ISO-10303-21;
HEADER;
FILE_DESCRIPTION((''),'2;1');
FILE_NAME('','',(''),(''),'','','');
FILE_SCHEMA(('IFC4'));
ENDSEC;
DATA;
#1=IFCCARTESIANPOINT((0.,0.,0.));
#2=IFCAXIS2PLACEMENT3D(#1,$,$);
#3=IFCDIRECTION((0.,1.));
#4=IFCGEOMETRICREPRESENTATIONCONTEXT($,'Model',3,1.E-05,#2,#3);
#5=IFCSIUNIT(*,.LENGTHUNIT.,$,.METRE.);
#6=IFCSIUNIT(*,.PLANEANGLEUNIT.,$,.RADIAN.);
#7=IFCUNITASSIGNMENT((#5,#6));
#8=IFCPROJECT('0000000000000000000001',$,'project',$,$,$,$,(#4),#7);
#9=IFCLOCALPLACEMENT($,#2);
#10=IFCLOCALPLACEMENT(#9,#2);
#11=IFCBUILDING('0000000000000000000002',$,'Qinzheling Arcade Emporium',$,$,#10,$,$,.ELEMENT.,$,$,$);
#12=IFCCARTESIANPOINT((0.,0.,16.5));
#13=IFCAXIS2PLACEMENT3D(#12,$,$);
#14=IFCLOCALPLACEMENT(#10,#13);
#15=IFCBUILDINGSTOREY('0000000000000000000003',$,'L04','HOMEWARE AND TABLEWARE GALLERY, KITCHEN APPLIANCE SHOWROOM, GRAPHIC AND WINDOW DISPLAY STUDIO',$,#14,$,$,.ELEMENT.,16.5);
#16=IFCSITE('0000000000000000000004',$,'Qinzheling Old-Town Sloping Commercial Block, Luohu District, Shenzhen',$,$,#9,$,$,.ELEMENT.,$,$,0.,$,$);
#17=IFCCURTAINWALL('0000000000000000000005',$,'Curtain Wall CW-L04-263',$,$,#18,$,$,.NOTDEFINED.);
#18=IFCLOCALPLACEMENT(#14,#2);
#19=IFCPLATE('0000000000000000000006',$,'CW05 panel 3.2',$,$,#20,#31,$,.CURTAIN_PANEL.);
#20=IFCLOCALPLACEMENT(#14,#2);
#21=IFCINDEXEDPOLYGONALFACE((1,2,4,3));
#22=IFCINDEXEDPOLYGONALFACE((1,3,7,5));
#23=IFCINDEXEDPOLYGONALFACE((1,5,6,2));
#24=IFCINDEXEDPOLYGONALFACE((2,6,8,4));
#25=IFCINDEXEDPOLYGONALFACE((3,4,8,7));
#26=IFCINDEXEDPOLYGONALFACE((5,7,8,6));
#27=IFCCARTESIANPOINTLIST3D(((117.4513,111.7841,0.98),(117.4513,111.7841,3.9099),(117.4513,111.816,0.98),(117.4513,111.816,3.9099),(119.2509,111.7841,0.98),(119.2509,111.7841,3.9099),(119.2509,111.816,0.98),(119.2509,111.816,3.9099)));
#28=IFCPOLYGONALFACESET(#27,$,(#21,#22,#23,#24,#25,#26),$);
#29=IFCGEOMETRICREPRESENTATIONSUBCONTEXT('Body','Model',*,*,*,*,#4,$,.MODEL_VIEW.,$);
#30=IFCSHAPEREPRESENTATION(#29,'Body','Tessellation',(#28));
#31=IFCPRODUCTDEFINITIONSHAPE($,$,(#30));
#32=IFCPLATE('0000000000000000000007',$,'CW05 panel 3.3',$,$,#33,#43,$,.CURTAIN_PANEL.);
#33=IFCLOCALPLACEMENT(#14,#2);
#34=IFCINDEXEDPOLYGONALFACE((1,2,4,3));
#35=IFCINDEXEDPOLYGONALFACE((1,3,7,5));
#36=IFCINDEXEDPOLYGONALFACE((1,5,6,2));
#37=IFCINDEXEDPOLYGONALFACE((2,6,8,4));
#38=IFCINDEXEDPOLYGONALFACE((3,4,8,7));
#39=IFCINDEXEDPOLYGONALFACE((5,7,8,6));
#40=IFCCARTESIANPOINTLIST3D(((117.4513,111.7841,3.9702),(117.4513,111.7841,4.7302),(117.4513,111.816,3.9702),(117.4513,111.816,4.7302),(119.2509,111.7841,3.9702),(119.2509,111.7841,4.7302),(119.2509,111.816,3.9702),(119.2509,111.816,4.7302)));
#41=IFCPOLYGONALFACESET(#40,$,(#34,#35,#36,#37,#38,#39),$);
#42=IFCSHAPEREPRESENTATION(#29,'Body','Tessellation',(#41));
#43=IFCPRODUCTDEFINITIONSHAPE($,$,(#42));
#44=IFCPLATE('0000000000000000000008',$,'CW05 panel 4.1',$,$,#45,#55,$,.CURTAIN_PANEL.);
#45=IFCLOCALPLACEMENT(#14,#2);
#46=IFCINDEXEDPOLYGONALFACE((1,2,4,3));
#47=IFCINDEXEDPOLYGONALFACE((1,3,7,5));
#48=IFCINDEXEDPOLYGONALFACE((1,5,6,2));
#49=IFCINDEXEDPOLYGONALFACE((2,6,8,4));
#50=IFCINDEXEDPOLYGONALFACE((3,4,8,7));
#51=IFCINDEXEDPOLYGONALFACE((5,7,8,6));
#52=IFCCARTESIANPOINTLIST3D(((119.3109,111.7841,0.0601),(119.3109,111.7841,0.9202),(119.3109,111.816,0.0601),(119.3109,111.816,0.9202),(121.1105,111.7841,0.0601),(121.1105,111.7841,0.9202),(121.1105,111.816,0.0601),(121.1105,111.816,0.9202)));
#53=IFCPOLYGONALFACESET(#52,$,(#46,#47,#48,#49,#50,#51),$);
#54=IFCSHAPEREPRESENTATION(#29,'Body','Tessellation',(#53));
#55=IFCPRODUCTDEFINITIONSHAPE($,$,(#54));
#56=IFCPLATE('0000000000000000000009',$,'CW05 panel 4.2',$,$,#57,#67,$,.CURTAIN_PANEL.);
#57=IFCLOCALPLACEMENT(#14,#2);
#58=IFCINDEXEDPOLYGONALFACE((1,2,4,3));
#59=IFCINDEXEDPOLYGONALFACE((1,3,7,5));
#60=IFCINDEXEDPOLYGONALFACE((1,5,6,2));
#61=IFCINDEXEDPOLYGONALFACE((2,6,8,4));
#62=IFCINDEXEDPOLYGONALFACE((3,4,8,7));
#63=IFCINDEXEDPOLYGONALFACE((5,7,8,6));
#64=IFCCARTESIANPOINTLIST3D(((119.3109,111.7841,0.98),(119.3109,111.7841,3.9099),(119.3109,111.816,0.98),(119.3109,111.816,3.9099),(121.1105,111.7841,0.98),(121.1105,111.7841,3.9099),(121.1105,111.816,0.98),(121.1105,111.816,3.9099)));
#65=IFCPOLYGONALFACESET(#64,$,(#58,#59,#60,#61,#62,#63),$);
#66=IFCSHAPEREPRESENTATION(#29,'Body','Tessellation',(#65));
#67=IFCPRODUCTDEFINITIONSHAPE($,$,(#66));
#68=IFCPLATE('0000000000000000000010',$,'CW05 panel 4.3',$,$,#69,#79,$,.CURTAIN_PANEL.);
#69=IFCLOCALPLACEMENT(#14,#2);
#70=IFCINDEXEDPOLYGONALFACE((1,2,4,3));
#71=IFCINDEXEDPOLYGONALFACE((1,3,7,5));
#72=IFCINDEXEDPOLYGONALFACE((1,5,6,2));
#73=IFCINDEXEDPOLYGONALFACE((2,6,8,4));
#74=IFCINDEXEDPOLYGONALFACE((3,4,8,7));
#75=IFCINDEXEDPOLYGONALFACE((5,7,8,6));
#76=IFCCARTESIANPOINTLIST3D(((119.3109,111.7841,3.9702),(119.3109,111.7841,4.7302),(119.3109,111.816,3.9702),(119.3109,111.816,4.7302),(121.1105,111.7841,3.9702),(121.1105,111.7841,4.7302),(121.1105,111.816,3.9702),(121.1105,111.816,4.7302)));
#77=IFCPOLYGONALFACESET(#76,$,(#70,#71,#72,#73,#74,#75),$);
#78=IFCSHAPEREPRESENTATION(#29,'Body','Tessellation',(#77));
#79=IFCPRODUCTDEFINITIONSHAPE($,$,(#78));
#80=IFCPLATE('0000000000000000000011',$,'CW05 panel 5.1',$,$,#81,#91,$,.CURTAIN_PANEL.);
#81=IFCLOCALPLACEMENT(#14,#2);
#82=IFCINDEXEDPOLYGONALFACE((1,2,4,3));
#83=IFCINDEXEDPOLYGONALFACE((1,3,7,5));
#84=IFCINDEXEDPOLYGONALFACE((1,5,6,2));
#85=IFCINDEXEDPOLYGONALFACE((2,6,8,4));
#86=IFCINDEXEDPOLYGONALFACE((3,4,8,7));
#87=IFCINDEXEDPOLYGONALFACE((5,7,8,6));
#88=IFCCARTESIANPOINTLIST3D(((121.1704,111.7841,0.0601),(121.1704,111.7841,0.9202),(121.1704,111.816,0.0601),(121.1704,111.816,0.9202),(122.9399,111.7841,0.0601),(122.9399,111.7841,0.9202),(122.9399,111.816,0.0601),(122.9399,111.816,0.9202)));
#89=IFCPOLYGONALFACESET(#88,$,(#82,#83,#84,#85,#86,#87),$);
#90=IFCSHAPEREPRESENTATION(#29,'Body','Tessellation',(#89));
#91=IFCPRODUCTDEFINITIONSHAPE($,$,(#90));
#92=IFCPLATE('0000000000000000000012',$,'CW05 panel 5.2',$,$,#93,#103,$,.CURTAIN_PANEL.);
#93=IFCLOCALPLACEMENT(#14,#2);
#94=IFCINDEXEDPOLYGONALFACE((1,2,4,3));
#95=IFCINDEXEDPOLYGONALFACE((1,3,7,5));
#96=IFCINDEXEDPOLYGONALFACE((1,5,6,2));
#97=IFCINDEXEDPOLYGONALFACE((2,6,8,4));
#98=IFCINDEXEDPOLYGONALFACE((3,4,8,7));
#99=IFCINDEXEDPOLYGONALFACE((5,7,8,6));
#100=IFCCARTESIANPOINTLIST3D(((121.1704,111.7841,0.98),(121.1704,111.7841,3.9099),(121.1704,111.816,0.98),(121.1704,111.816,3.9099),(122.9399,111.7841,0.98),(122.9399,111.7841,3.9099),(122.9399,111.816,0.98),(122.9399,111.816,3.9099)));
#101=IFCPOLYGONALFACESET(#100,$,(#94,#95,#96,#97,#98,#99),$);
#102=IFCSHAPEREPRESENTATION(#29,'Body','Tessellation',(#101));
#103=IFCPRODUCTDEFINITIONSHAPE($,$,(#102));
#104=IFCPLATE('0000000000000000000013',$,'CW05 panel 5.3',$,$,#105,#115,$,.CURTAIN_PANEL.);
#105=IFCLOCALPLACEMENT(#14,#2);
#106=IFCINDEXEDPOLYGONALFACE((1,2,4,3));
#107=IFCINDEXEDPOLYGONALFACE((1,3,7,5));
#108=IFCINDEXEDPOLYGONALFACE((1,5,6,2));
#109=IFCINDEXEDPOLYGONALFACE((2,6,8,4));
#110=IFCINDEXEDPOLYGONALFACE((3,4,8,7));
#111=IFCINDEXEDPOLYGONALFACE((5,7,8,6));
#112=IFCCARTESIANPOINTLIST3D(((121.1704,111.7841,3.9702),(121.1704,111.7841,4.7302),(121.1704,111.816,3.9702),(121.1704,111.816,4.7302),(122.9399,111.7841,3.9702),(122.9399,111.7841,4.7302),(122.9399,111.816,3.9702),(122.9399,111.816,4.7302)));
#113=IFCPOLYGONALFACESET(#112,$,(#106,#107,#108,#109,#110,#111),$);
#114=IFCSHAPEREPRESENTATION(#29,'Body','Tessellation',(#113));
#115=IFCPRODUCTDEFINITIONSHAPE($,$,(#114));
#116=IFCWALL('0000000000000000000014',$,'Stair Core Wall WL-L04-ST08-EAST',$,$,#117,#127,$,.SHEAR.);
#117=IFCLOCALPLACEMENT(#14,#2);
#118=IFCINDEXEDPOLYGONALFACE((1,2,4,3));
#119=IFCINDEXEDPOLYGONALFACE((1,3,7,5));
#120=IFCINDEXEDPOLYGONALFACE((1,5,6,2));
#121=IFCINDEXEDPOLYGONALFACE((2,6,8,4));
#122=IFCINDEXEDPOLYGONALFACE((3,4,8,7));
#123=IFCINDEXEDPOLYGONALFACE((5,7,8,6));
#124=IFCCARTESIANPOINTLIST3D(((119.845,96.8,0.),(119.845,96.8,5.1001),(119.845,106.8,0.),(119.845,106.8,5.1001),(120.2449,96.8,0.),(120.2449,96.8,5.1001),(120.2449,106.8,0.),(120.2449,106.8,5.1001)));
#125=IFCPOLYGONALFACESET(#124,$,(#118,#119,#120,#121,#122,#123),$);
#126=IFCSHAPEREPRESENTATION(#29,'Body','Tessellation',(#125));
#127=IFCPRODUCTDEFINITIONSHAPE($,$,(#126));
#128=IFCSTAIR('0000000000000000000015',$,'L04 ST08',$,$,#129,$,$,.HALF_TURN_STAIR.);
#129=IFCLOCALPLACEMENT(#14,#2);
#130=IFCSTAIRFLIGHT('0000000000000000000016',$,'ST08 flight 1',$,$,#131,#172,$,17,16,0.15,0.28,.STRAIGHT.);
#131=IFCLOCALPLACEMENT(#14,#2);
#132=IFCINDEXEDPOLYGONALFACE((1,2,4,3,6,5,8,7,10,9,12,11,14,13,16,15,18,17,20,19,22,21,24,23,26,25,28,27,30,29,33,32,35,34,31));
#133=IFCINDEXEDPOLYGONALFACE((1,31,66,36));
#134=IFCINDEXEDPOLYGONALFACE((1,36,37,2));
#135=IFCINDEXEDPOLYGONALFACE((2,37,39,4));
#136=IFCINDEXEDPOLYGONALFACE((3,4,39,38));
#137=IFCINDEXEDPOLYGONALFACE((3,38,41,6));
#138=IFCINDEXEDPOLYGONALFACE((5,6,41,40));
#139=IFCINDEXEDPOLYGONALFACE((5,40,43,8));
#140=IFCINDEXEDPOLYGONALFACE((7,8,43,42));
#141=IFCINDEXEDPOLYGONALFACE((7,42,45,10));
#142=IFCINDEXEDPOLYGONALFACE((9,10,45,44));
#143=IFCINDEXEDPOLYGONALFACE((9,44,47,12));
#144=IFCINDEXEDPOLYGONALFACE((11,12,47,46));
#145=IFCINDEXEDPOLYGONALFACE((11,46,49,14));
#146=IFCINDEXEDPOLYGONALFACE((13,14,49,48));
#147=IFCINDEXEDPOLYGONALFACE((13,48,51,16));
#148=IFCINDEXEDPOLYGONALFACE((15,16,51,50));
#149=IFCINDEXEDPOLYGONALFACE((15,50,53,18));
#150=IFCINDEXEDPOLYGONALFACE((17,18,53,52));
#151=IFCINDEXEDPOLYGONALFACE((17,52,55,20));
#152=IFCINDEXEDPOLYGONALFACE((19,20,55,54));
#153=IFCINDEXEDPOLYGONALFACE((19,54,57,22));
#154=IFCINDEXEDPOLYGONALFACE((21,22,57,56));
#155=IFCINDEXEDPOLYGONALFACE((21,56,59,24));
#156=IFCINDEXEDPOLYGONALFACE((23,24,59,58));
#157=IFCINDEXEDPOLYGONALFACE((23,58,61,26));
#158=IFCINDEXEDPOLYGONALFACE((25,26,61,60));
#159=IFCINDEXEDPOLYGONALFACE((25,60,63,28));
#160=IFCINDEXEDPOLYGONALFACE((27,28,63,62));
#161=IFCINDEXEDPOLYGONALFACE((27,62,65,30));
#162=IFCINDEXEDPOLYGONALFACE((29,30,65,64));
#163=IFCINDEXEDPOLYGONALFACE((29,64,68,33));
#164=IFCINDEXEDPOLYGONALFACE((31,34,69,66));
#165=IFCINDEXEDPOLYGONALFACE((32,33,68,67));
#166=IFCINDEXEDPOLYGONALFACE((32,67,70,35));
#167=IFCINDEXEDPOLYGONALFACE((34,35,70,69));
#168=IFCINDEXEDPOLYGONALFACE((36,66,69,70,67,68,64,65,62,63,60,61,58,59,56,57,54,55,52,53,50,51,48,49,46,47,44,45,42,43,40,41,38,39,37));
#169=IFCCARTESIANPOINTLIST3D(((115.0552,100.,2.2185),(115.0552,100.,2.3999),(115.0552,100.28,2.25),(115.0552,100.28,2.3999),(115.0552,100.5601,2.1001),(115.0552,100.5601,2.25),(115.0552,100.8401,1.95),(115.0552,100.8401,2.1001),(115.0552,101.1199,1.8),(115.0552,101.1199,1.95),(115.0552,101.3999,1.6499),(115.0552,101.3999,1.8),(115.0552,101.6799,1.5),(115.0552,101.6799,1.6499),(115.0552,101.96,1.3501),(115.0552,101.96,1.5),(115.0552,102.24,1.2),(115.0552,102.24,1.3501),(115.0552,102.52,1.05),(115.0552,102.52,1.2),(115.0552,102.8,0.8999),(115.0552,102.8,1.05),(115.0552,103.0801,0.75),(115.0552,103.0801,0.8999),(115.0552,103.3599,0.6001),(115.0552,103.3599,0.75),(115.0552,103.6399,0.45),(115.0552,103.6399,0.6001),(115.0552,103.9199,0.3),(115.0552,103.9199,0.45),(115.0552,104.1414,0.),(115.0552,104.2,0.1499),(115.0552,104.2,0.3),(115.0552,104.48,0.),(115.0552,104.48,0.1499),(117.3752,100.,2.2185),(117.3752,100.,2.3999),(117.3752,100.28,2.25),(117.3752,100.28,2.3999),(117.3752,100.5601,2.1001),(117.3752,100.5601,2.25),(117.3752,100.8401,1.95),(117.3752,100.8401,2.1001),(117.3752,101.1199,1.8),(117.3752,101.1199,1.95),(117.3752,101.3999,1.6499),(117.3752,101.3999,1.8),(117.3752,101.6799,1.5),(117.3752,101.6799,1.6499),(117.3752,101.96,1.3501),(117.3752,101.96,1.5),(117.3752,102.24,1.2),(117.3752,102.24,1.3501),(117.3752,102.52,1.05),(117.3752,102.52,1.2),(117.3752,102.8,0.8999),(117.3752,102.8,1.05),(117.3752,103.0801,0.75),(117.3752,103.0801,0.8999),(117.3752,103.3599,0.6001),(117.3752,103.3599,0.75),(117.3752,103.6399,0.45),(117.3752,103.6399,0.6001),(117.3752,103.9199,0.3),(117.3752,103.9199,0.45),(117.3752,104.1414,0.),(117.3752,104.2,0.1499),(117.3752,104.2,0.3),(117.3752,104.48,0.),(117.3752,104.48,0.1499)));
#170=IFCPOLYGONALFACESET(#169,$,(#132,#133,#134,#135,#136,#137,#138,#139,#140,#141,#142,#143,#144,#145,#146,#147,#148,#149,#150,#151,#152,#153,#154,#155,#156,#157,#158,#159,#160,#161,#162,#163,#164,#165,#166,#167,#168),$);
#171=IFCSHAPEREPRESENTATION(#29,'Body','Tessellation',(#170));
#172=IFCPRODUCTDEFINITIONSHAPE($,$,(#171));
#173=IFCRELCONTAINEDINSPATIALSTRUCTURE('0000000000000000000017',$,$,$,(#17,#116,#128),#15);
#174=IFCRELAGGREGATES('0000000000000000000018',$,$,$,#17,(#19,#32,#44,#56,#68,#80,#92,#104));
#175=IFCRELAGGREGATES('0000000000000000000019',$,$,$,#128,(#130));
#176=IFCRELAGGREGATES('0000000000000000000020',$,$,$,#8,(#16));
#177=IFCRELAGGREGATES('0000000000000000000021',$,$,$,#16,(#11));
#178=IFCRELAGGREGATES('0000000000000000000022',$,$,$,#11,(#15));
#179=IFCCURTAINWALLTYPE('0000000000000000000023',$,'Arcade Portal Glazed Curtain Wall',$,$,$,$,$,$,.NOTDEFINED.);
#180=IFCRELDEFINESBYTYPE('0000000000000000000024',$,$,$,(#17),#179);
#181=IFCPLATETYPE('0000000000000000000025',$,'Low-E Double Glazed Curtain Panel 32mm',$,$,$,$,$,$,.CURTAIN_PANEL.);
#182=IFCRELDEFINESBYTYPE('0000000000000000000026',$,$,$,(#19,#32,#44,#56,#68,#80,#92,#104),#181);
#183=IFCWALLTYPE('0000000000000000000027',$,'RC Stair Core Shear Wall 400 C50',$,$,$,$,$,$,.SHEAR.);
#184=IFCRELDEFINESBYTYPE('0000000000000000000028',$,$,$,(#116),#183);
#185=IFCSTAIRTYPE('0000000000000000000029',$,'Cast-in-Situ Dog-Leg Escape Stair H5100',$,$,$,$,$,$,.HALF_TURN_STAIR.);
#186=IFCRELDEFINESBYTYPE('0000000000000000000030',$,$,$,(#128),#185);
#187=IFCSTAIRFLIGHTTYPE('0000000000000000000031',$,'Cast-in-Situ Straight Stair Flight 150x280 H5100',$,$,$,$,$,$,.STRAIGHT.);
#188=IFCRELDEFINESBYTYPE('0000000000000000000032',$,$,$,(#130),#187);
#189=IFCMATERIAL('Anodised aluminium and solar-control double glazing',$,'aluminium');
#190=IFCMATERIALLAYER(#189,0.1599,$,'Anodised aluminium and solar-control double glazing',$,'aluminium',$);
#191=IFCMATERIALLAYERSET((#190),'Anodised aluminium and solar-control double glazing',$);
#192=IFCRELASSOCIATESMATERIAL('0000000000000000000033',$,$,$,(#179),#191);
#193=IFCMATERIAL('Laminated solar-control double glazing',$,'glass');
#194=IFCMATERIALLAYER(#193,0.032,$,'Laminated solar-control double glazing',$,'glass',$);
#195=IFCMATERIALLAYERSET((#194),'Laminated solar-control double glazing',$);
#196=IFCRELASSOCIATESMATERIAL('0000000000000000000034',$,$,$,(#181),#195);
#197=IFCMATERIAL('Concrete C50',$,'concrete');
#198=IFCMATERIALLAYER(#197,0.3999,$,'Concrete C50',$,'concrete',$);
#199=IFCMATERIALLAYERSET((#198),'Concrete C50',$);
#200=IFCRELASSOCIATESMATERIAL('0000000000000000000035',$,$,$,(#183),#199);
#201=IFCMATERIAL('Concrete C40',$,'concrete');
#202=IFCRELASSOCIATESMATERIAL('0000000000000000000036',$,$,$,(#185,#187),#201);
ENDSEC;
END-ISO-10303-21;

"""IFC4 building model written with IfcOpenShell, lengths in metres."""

from ifc_helpers import new_model, si_unit, direction, frame, frame_2d, origin, origin_2d, place, context, subcontext, project, spatial, polyline, rectangle, outline, extrude, material, layer, layer_set, type_object, element, aggregate, save


model = new_model("IFC4")

# Units and contexts
model_context = context("Model", 3, precision=1e-05, world=origin(), true_north=direction((0.0, 1.0)))
body_context = subcontext(model_context, "Body", "Model", "MODEL_VIEW")
ifc_project = project(units=[si_unit("LENGTHUNIT", "METRE"), si_unit("PLANEANGLEUNIT", "RADIAN")], contexts=[model_context])

# Site, building, storey
site_placement = place(None, origin())
site = spatial("IfcSite", under=ifc_project, at=site_placement, Name="Qinzheling Old-Town Sloping Commercial Block, Luohu District, Shenzhen", CompositionType="ELEMENT", RefElevation=0.0)
building_placement = place(site_placement, origin())
building = spatial("IfcBuilding", under=site, at=building_placement, Name="Qinzheling Arcade Emporium", CompositionType="ELEMENT")
storey_placement = place(building_placement, frame((0.0, 0.0, 16.5)))
storey = spatial("IfcBuildingStorey", under=building, at=storey_placement, Name="L04", Description="HOMEWARE AND TABLEWARE GALLERY, KITCHEN APPLIANCE SHOWROOM, GRAPHIC AND WINDOW DISPLAY STUDIO", CompositionType="ELEMENT", Elevation=16.5)

# Shared definitions
ifc_material_1 = material(Name="Concrete C40", Category="concrete")

# Curtain wall, plates
ifc_material_2 = material(Name="Anodised aluminium and solar-control double glazing", Category="aluminium")
ifc_layer_1 = layer(ifc_material_2, 0.1599, Name="Anodised aluminium and solar-control double glazing", Category="aluminium")
ifc_layer_set_1 = layer_set([ifc_layer_1], Name="Anodised aluminium and solar-control double glazing")
curtain_wall_type = type_object("IfcCurtainWallType", Name="Arcade Portal Glazed Curtain Wall", PredefinedType="NOTDEFINED", material=ifc_layer_set_1)
curtain_wall_placement = place(storey_placement, origin())
curtain_wall = element("IfcCurtainWall", 1, at=curtain_wall_placement, inside=storey, type_object=curtain_wall_type, Name="Curtain Wall CW-L04-263", PredefinedType="NOTDEFINED")
ifc_material_3 = material(Name="Laminated solar-control double glazing", Category="glass")
ifc_layer_2 = layer(ifc_material_3, 0.032, Name="Laminated solar-control double glazing", Category="glass")
ifc_layer_set_2 = layer_set([ifc_layer_2], Name="Laminated solar-control double glazing")
plate_type = type_object("IfcPlateType", Name="Low-E Double Glazed Curtain Panel 32mm", PredefinedType="CURTAIN_PANEL", material=ifc_layer_set_2)
plate_1_placement = place(storey_placement, frame((118.3511, 111.8, 0.98), z_axis=(0.0, 0.0, 1.0), x_axis=(1.0, 0.0, 0.0)))
plate_1 = element("IfcPlate", 2, at=plate_1_placement, type_object=plate_type, Name="CW05 panel 3.2", PredefinedType="CURTAIN_PANEL", context=body_context, shape_type="SweptSolid", body=[
    extrude(rectangle(XDim=1.7996, YDim=0.032, at=origin_2d()), origin(), (0.0, 0.0, 1.0), 2.9299),
])
plate_2_placement = place(storey_placement, frame((118.3511, 111.8, 3.9702), z_axis=(0.0, 0.0, 1.0), x_axis=(1.0, 0.0, 0.0)))
plate_2 = element("IfcPlate", 3, at=plate_2_placement, type_object=plate_type, Name="CW05 panel 3.3", PredefinedType="CURTAIN_PANEL", context=body_context, shape_type="SweptSolid", body=[
    extrude(rectangle(XDim=1.7996, YDim=0.032, at=origin_2d()), origin(), (0.0, 0.0, 1.0), 0.76),
])
plate_3_placement = place(storey_placement, frame((120.2107, 111.8, 0.0601), z_axis=(0.0, 0.0, 1.0), x_axis=(1.0, 0.0, 0.0)))
plate_3 = element("IfcPlate", 4, at=plate_3_placement, type_object=plate_type, Name="CW05 panel 4.1", PredefinedType="CURTAIN_PANEL", context=body_context, shape_type="SweptSolid", body=[
    extrude(rectangle(XDim=1.7996, YDim=0.032, at=origin_2d()), origin(), (0.0, 0.0, 1.0), 0.8601),
])
plate_4_placement = place(storey_placement, frame((120.2107, 111.8, 0.98), z_axis=(0.0, 0.0, 1.0), x_axis=(1.0, 0.0, 0.0)))
plate_4 = element("IfcPlate", 5, at=plate_4_placement, type_object=plate_type, Name="CW05 panel 4.2", PredefinedType="CURTAIN_PANEL", context=body_context, shape_type="SweptSolid", body=[
    extrude(rectangle(XDim=1.7996, YDim=0.032, at=origin_2d()), origin(), (0.0, 0.0, 1.0), 2.9299),
])
plate_5_placement = place(storey_placement, frame((120.2107, 111.8, 3.9702), z_axis=(0.0, 0.0, 1.0), x_axis=(1.0, 0.0, 0.0)))
plate_5 = element("IfcPlate", 6, at=plate_5_placement, type_object=plate_type, Name="CW05 panel 4.3", PredefinedType="CURTAIN_PANEL", context=body_context, shape_type="SweptSolid", body=[
    extrude(rectangle(XDim=1.7996, YDim=0.032, at=origin_2d()), origin(), (0.0, 0.0, 1.0), 0.76),
])
plate_6_placement = place(storey_placement, frame((122.0552, 111.8, 0.0601), z_axis=(0.0, 0.0, 1.0), x_axis=(1.0, 0.0, 0.0)))
plate_6 = element("IfcPlate", 7, at=plate_6_placement, type_object=plate_type, Name="CW05 panel 5.1", PredefinedType="CURTAIN_PANEL", context=body_context, shape_type="SweptSolid", body=[
    extrude(rectangle(XDim=1.7695, YDim=0.032, at=origin_2d()), origin(), (0.0, 0.0, 1.0), 0.8601),
])
plate_7_placement = place(storey_placement, frame((122.0552, 111.8, 0.98), z_axis=(0.0, 0.0, 1.0), x_axis=(1.0, 0.0, 0.0)))
plate_7 = element("IfcPlate", 8, at=plate_7_placement, type_object=plate_type, Name="CW05 panel 5.2", PredefinedType="CURTAIN_PANEL", context=body_context, shape_type="SweptSolid", body=[
    extrude(rectangle(XDim=1.7695, YDim=0.032, at=origin_2d()), origin(), (0.0, 0.0, 1.0), 2.9299),
])
plate_8_placement = place(storey_placement, frame((122.0552, 111.8, 3.9702), z_axis=(0.0, 0.0, 1.0), x_axis=(1.0, 0.0, 0.0)))
plate_8 = element("IfcPlate", 9, at=plate_8_placement, type_object=plate_type, Name="CW05 panel 5.3", PredefinedType="CURTAIN_PANEL", context=body_context, shape_type="SweptSolid", body=[
    extrude(rectangle(XDim=1.7695, YDim=0.032, at=origin_2d()), origin(), (0.0, 0.0, 1.0), 0.76),
])
aggregate(curtain_wall, [plate_1, plate_2, plate_3, plate_4, plate_5, plate_6, plate_7, plate_8])

# Wall
ifc_material_4 = material(Name="Concrete C50", Category="concrete")
ifc_layer_3 = layer(ifc_material_4, 0.3999, Name="Concrete C50", Category="concrete")
ifc_layer_set_3 = layer_set([ifc_layer_3], Name="Concrete C50")
wall_type = type_object("IfcWallType", Name="RC Stair Core Shear Wall 400 C50", PredefinedType="SHEAR", material=ifc_layer_set_3)
wall_placement = place(storey_placement, frame((120.0449, 106.8, 0.0), z_axis=(0.0, 0.0, 1.0), x_axis=(0.0, -1.0, 0.0)))
element("IfcWall", 10, at=wall_placement, inside=storey, type_object=wall_type, Name="Stair Core Wall WL-L04-ST08-EAST", PredefinedType="SHEAR", context=body_context, shape_type="SweptSolid", body=[
    extrude(rectangle(XDim=10.0, YDim=0.3999, at=frame_2d((5.0, 0.0))), origin(), (0.0, 0.0, 1.0), 5.1001),
])

# Stair, stair flight
stair_type = type_object("IfcStairType", Name="Cast-in-Situ Dog-Leg Escape Stair H5100", PredefinedType="HALF_TURN_STAIR", material=ifc_material_1)
stair_placement = place(storey_placement, origin())
stair = element("IfcStair", 11, at=stair_placement, inside=storey, type_object=stair_type, Name="L04 ST08", PredefinedType="HALF_TURN_STAIR")
stair_flight_type = type_object("IfcStairFlightType", Name="Cast-in-Situ Straight Stair Flight 150x280 H5100", PredefinedType="STRAIGHT", material=ifc_material_1)
stair_flight_1_placement = place(storey_placement, frame((116.2151, 104.48, 0.0), z_axis=(0.0, 0.0, 1.0), x_axis=(0.0, -1.0, 0.0)))
stair_flight_1 = element("IfcStairFlight", 12, at=stair_flight_1_placement, type_object=stair_flight_type, Name="ST08 flight 1", NumberOfRisers=17, NumberOfTreads=16, PredefinedType="STRAIGHT", RiserHeight=0.15, TreadLength=0.28, context=body_context, shape_type="SweptSolid", body=[
    extrude(outline(polyline([(0.0, 0.0), (0.0, 0.1499), (0.28, 0.1499), (0.28, 0.3), (0.5601, 0.3), (0.5601, 0.45), (0.8401, 0.45), (0.8401, 0.6001), (1.1201, 0.6001), (1.1201, 0.75), (1.3999, 0.75), (1.3999, 0.8999), (1.6799, 0.8999), (1.6799, 1.05), (1.96, 1.05), (1.96, 1.2), (2.24, 1.2), (2.24, 1.3501), (2.52, 1.3501), (2.52, 1.5), (2.8, 1.5), (2.8, 1.6499), (3.0801, 1.6499), (3.0801, 1.8), (3.3601, 1.8), (3.3601, 1.95), (3.6399, 1.95), (3.6399, 2.1001), (3.9199, 2.1001), (3.9199, 2.25), (4.2, 2.25), (4.2, 2.3999), (4.48, 2.3999), (4.48, 2.55), (4.48, 2.2185), (0.3386, 0.0), (0.0, 0.0)])), frame((0.0, 1.1602, 0.0), z_axis=(0.0, -1.0, 0.0), x_axis=(1.0, 0.0, 0.0)), (0.0, 0.0, 1.0), 2.3201),
])
aggregate(stair, [stair_flight_1])

save(model, "model.ifc")
